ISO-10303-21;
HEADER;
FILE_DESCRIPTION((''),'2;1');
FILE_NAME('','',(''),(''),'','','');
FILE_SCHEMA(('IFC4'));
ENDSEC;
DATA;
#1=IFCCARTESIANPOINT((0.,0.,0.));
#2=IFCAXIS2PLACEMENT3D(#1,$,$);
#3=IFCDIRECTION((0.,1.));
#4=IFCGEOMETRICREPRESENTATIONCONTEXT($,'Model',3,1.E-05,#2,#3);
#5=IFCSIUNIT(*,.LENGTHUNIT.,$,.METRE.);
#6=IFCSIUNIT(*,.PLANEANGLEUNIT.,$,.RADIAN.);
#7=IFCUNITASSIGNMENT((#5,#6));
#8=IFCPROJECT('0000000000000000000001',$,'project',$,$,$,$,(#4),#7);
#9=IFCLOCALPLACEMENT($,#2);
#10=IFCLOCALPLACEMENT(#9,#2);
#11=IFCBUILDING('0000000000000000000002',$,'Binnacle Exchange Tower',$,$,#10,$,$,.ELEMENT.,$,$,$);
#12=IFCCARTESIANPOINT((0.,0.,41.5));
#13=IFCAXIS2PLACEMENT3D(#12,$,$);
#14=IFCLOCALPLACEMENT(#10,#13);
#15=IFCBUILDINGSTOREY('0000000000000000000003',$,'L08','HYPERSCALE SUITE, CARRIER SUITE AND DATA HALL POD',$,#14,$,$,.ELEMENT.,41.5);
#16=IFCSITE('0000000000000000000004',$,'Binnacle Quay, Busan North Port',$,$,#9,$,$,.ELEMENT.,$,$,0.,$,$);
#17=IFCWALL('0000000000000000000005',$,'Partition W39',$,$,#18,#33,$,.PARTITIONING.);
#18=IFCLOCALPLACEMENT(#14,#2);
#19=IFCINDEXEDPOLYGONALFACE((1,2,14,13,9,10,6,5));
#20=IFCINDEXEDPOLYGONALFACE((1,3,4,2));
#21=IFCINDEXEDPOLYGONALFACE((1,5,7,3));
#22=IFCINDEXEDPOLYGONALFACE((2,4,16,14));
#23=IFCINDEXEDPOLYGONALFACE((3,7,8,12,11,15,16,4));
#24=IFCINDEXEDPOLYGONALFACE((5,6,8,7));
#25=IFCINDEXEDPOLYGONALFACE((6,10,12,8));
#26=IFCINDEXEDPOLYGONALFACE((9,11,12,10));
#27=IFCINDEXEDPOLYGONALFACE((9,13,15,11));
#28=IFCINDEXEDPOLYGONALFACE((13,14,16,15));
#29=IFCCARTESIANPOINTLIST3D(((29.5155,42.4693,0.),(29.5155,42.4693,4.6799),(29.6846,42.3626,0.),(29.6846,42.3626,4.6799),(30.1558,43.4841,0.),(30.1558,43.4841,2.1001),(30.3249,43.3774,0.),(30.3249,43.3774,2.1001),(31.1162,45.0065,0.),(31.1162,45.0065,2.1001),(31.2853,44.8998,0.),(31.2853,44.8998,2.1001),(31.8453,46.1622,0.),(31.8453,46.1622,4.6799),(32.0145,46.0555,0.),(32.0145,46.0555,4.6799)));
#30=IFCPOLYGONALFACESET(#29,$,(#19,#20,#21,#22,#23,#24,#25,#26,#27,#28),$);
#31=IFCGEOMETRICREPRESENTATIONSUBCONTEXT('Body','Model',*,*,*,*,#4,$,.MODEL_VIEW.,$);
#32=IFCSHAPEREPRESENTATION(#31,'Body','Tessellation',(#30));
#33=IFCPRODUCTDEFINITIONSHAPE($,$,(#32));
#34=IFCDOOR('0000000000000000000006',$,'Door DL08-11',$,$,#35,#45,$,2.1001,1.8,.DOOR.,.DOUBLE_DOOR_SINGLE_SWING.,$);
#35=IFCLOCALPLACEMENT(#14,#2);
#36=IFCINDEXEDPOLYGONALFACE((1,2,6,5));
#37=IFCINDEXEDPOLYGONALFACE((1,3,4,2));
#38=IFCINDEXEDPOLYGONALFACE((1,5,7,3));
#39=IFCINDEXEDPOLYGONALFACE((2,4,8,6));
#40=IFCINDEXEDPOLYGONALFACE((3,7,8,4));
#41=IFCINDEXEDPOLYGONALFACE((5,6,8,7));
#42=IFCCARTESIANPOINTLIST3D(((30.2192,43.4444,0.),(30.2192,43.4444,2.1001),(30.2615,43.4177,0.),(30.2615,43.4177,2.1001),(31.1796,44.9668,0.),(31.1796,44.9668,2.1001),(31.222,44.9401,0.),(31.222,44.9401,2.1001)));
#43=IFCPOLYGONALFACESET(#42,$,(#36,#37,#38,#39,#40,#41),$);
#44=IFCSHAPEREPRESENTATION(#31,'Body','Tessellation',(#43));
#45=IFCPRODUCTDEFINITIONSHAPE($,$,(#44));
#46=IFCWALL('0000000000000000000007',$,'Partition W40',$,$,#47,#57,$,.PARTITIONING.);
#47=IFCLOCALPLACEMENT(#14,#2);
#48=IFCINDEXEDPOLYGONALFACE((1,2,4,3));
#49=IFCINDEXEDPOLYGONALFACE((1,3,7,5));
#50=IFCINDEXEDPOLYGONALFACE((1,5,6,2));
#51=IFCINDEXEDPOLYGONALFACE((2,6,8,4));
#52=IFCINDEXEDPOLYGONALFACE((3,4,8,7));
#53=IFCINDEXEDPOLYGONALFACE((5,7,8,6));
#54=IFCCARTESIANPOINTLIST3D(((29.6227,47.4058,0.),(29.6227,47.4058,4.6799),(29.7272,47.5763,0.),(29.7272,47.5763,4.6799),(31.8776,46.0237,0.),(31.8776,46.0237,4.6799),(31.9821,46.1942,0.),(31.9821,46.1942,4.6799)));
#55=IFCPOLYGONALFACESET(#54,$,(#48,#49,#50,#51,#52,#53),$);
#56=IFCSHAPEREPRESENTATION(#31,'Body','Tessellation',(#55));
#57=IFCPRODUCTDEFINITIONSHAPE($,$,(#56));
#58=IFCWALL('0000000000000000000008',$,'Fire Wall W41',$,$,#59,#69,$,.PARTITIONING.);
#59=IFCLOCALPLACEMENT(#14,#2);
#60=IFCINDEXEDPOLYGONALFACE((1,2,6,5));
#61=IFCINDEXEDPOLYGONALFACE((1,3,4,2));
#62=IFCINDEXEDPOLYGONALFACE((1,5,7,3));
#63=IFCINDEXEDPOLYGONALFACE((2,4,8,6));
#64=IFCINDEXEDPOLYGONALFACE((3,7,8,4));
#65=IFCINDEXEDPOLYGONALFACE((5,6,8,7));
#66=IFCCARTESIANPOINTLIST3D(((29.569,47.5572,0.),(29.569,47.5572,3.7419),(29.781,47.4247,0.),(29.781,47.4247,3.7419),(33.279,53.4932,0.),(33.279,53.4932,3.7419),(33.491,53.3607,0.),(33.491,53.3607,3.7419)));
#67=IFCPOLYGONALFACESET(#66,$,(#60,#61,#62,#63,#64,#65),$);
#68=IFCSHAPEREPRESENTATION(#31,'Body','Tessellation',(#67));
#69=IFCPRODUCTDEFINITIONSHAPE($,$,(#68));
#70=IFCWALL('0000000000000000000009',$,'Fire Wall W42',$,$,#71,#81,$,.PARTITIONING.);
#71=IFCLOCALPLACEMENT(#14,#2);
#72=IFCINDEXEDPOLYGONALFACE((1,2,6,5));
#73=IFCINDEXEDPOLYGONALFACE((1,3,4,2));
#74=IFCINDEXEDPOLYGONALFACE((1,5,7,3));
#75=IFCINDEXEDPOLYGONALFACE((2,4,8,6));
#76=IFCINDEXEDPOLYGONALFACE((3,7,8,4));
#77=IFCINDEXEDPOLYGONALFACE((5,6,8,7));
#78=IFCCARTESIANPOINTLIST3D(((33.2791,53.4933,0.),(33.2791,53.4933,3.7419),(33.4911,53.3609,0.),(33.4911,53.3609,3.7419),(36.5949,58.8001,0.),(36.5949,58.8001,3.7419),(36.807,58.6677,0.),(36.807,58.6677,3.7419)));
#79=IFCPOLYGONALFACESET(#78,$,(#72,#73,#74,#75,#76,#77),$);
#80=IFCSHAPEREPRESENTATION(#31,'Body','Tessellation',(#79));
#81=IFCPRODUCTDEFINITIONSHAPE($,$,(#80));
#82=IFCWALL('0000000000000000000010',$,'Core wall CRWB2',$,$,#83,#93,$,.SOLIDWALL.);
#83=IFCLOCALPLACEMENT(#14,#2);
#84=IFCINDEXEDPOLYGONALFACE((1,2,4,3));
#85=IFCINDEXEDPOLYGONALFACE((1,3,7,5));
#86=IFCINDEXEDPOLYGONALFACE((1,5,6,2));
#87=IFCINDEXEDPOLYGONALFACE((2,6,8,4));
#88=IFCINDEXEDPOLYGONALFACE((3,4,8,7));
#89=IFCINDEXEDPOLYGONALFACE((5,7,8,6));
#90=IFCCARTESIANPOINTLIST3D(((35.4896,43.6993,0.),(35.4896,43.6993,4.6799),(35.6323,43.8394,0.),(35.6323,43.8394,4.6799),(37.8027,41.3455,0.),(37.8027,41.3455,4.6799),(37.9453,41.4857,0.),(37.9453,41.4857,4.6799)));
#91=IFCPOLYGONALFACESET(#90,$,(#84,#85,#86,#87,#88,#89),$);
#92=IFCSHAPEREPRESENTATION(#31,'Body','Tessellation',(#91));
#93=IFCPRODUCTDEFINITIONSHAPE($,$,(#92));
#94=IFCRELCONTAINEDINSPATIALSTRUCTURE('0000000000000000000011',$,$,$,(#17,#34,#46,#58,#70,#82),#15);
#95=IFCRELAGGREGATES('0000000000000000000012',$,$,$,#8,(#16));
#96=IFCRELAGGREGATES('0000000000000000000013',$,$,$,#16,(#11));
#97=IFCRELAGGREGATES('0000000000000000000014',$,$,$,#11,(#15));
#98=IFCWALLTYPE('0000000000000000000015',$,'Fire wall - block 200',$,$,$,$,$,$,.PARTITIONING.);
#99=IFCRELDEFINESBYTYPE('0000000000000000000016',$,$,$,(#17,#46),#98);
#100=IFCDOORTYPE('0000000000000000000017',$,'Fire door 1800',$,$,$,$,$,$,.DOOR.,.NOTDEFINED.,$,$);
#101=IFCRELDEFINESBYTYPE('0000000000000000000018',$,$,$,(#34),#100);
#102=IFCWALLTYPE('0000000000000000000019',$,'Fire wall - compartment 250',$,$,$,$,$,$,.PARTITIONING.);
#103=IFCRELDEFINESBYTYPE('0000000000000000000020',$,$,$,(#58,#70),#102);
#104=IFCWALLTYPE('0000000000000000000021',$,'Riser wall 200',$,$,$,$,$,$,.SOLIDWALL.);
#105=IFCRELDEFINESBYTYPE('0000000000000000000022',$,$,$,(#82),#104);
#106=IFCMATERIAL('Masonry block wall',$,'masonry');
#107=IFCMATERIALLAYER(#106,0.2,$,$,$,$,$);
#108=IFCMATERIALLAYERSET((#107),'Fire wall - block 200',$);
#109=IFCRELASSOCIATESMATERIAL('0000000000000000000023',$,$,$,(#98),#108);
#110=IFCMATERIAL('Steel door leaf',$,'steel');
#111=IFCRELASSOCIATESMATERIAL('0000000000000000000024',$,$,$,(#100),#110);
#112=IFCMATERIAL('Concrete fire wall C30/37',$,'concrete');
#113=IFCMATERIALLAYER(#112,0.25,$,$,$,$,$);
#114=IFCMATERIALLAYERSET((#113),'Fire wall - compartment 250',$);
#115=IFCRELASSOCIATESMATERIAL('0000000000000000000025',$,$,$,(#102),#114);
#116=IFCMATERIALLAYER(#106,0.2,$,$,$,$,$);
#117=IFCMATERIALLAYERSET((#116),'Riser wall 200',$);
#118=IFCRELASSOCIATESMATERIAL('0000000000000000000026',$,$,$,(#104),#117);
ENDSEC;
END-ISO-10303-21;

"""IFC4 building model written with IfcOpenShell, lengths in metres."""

from ifc_helpers import new_model, si_unit, direction, frame, frame_2d, origin, place, context, subcontext, project, spatial, rectangle, extrude, material, layer, layer_set, type_object, element, fill, save


model = new_model("IFC4")

# Units and contexts
model_context = context("Model", 3, precision=1e-05, world=origin(), true_north=direction((0.0, 1.0)))
body_context = subcontext(model_context, "Body", "Model", "MODEL_VIEW")
ifc_project = project(units=[si_unit("LENGTHUNIT", "METRE"), si_unit("PLANEANGLEUNIT", "RADIAN")], contexts=[model_context])

# Site, building, storey
site_placement = place(None, origin())
site = spatial("IfcSite", under=ifc_project, at=site_placement, Name="Binnacle Quay, Busan North Port", CompositionType="ELEMENT", RefElevation=0.0)
building_placement = place(site_placement, origin())
building = spatial("IfcBuilding", under=site, at=building_placement, Name="Binnacle Exchange Tower", CompositionType="ELEMENT")
storey_placement = place(building_placement, frame((0.0, 0.0, 41.5)))
storey = spatial("IfcBuildingStorey", under=building, at=storey_placement, Name="L08", Description="HYPERSCALE SUITE, CARRIER SUITE AND DATA HALL POD", CompositionType="ELEMENT", Elevation=41.5)

# Shared definitions
ifc_material_1 = material(Name="Masonry block wall", Category="masonry")
ifc_layer_1 = layer(ifc_material_1, 0.2)
ifc_layer_set_1 = layer_set([ifc_layer_1], Name="Fire wall - block 200")
wall_type_1 = type_object("IfcWallType", Name="Fire wall - block 200", PredefinedType="PARTITIONING", material=ifc_layer_set_1)

# Wall, opening, door
wall_1_placement = place(storey_placement, frame((29.6001, 42.416, 0.0), z_axis=(0.0, 0.0, 1.0), x_axis=(0.533583, 0.845748, 0.0)))
wall_1 = element("IfcWall", 1, at=wall_1_placement, inside=storey, type_object=wall_type_1, Name="Partition W39", PredefinedType="PARTITIONING", context=body_context, shape_type="SweptSolid", body=[
    extrude(rectangle(XDim=4.3665, YDim=0.2, at=frame_2d((2.1831, 0.0))), origin(), (0.0, 0.0, 1.0), 4.6799),
])
opening_placement = place(wall_1_placement, frame((1.2, 0.0, 0.0)))
opening = element("IfcOpeningElement", 2, at=opening_placement, cuts=wall_1, PredefinedType="OPENING", context=body_context, shape_type="SweptSolid", body=[
    extrude(rectangle(XDim=1.8, YDim=2.1001, at=frame_2d((0.8999, 1.05))), frame((0.0, 0.1099, 0.0), z_axis=(0.0, -1.0, 0.0), x_axis=(1.0, 0.0, 0.0)), (0.0, 0.0, 1.0), 0.22),
])
ifc_material_2 = material(Name="Steel door leaf", Category="steel")
door_type = type_object("IfcDoorType", Name="Fire door 1800", OperationType="NOTDEFINED", PredefinedType="DOOR", material=ifc_material_2)
door_placement = place(opening_placement, frame((1.8, 0.0, 0.0), z_axis=(0.0, 0.0, 1.0), x_axis=(-1.0, 0.0, 0.0)))
door = element("IfcDoor", 3, at=door_placement, inside=storey, type_object=door_type, Name="Door DL08-11", OperationType="DOUBLE_DOOR_SINGLE_SWING", OverallHeight=2.1001, OverallWidth=1.8, PredefinedType="DOOR", context=body_context, shape_type="SweptSolid", body=[
    extrude(rectangle(XDim=1.8, YDim=2.1001, at=frame_2d((0.8999, 1.05))), frame((0.0, 0.0249, 0.0), z_axis=(0.0, -1.0, 0.0), x_axis=(1.0, 0.0, 0.0)), (0.0, 0.0, 1.0), 0.05),
])
fill(opening, door)

# Walls
wall_2_placement = place(storey_placement, frame((29.675, 47.491, 0.0), z_axis=(0.0, 0.0, 1.0), x_axis=(0.852592, -0.522577, 0.0)))
element("IfcWall", 4, at=wall_2_placement, inside=storey, type_object=wall_type_1, Name="Partition W40", PredefinedType="PARTITIONING", context=body_context, shape_type="SweptSolid", body=[
    extrude(rectangle(XDim=2.6448, YDim=0.2, at=frame_2d((1.3223, 0.0))), origin(), (0.0, 0.0, 1.0), 4.6799),
])
ifc_material_3 = material(Name="Concrete fire wall C30/37", Category="concrete")
ifc_layer_2 = layer(ifc_material_3, 0.25)
ifc_layer_set_2 = layer_set([ifc_layer_2], Name="Fire wall - compartment 250")
wall_type_2 = type_object("IfcWallType", Name="Fire wall - compartment 250", PredefinedType="PARTITIONING", material=ifc_layer_set_2)
wall_3_placement = place(storey_placement, frame((29.675, 47.491, 0.0), z_axis=(0.0, 0.0, 1.0), x_axis=(0.529993, 0.848002, 0.0)))
element("IfcWall", 5, at=wall_3_placement, inside=storey, type_object=wall_type_2, Name="Fire Wall W41", PredefinedType="PARTITIONING", context=body_context, shape_type="SweptSolid", body=[
    extrude(rectangle(XDim=7.0, YDim=0.25, at=frame_2d((3.5, 0.0))), origin(), (0.0, 0.0, 1.0), 3.7419),
])
wall_4_placement = place(storey_placement, frame((33.385, 53.427, 0.0), z_axis=(0.0, 0.0, 1.0), x_axis=(0.529897, 0.848062, 0.0)))
element("IfcWall", 6, at=wall_4_placement, inside=storey, type_object=wall_type_2, Name="Fire Wall W42", PredefinedType="PARTITIONING", context=body_context, shape_type="SweptSolid", body=[
    extrude(rectangle(XDim=6.2576, YDim=0.25, at=frame_2d((3.1289, 0.0))), origin(), (0.0, 0.0, 1.0), 3.7419),
])
ifc_layer_3 = layer(ifc_material_1, 0.2)
ifc_layer_set_3 = layer_set([ifc_layer_3], Name="Riser wall 200")
wall_type_3 = type_object("IfcWallType", Name="Riser wall 200", PredefinedType="SOLIDWALL", material=ifc_layer_set_3)
wall_5_placement = place(storey_placement, frame((35.561, 43.7693, 0.0), z_axis=(0.0, 0.0, 1.0), x_axis=(0.700902, -0.713257, 0.0)))
element("IfcWall", 7, at=wall_5_placement, inside=storey, type_object=wall_type_3, Name="Core wall CRWB2", PredefinedType="SOLIDWALL", context=body_context, shape_type="SweptSolid", body=[
    extrude(rectangle(XDim=3.3, YDim=0.2, at=frame_2d((1.6499, 0.0))), origin(), (0.0, 0.0, 1.0), 4.6799),
])

save(model, "model.ifc")
